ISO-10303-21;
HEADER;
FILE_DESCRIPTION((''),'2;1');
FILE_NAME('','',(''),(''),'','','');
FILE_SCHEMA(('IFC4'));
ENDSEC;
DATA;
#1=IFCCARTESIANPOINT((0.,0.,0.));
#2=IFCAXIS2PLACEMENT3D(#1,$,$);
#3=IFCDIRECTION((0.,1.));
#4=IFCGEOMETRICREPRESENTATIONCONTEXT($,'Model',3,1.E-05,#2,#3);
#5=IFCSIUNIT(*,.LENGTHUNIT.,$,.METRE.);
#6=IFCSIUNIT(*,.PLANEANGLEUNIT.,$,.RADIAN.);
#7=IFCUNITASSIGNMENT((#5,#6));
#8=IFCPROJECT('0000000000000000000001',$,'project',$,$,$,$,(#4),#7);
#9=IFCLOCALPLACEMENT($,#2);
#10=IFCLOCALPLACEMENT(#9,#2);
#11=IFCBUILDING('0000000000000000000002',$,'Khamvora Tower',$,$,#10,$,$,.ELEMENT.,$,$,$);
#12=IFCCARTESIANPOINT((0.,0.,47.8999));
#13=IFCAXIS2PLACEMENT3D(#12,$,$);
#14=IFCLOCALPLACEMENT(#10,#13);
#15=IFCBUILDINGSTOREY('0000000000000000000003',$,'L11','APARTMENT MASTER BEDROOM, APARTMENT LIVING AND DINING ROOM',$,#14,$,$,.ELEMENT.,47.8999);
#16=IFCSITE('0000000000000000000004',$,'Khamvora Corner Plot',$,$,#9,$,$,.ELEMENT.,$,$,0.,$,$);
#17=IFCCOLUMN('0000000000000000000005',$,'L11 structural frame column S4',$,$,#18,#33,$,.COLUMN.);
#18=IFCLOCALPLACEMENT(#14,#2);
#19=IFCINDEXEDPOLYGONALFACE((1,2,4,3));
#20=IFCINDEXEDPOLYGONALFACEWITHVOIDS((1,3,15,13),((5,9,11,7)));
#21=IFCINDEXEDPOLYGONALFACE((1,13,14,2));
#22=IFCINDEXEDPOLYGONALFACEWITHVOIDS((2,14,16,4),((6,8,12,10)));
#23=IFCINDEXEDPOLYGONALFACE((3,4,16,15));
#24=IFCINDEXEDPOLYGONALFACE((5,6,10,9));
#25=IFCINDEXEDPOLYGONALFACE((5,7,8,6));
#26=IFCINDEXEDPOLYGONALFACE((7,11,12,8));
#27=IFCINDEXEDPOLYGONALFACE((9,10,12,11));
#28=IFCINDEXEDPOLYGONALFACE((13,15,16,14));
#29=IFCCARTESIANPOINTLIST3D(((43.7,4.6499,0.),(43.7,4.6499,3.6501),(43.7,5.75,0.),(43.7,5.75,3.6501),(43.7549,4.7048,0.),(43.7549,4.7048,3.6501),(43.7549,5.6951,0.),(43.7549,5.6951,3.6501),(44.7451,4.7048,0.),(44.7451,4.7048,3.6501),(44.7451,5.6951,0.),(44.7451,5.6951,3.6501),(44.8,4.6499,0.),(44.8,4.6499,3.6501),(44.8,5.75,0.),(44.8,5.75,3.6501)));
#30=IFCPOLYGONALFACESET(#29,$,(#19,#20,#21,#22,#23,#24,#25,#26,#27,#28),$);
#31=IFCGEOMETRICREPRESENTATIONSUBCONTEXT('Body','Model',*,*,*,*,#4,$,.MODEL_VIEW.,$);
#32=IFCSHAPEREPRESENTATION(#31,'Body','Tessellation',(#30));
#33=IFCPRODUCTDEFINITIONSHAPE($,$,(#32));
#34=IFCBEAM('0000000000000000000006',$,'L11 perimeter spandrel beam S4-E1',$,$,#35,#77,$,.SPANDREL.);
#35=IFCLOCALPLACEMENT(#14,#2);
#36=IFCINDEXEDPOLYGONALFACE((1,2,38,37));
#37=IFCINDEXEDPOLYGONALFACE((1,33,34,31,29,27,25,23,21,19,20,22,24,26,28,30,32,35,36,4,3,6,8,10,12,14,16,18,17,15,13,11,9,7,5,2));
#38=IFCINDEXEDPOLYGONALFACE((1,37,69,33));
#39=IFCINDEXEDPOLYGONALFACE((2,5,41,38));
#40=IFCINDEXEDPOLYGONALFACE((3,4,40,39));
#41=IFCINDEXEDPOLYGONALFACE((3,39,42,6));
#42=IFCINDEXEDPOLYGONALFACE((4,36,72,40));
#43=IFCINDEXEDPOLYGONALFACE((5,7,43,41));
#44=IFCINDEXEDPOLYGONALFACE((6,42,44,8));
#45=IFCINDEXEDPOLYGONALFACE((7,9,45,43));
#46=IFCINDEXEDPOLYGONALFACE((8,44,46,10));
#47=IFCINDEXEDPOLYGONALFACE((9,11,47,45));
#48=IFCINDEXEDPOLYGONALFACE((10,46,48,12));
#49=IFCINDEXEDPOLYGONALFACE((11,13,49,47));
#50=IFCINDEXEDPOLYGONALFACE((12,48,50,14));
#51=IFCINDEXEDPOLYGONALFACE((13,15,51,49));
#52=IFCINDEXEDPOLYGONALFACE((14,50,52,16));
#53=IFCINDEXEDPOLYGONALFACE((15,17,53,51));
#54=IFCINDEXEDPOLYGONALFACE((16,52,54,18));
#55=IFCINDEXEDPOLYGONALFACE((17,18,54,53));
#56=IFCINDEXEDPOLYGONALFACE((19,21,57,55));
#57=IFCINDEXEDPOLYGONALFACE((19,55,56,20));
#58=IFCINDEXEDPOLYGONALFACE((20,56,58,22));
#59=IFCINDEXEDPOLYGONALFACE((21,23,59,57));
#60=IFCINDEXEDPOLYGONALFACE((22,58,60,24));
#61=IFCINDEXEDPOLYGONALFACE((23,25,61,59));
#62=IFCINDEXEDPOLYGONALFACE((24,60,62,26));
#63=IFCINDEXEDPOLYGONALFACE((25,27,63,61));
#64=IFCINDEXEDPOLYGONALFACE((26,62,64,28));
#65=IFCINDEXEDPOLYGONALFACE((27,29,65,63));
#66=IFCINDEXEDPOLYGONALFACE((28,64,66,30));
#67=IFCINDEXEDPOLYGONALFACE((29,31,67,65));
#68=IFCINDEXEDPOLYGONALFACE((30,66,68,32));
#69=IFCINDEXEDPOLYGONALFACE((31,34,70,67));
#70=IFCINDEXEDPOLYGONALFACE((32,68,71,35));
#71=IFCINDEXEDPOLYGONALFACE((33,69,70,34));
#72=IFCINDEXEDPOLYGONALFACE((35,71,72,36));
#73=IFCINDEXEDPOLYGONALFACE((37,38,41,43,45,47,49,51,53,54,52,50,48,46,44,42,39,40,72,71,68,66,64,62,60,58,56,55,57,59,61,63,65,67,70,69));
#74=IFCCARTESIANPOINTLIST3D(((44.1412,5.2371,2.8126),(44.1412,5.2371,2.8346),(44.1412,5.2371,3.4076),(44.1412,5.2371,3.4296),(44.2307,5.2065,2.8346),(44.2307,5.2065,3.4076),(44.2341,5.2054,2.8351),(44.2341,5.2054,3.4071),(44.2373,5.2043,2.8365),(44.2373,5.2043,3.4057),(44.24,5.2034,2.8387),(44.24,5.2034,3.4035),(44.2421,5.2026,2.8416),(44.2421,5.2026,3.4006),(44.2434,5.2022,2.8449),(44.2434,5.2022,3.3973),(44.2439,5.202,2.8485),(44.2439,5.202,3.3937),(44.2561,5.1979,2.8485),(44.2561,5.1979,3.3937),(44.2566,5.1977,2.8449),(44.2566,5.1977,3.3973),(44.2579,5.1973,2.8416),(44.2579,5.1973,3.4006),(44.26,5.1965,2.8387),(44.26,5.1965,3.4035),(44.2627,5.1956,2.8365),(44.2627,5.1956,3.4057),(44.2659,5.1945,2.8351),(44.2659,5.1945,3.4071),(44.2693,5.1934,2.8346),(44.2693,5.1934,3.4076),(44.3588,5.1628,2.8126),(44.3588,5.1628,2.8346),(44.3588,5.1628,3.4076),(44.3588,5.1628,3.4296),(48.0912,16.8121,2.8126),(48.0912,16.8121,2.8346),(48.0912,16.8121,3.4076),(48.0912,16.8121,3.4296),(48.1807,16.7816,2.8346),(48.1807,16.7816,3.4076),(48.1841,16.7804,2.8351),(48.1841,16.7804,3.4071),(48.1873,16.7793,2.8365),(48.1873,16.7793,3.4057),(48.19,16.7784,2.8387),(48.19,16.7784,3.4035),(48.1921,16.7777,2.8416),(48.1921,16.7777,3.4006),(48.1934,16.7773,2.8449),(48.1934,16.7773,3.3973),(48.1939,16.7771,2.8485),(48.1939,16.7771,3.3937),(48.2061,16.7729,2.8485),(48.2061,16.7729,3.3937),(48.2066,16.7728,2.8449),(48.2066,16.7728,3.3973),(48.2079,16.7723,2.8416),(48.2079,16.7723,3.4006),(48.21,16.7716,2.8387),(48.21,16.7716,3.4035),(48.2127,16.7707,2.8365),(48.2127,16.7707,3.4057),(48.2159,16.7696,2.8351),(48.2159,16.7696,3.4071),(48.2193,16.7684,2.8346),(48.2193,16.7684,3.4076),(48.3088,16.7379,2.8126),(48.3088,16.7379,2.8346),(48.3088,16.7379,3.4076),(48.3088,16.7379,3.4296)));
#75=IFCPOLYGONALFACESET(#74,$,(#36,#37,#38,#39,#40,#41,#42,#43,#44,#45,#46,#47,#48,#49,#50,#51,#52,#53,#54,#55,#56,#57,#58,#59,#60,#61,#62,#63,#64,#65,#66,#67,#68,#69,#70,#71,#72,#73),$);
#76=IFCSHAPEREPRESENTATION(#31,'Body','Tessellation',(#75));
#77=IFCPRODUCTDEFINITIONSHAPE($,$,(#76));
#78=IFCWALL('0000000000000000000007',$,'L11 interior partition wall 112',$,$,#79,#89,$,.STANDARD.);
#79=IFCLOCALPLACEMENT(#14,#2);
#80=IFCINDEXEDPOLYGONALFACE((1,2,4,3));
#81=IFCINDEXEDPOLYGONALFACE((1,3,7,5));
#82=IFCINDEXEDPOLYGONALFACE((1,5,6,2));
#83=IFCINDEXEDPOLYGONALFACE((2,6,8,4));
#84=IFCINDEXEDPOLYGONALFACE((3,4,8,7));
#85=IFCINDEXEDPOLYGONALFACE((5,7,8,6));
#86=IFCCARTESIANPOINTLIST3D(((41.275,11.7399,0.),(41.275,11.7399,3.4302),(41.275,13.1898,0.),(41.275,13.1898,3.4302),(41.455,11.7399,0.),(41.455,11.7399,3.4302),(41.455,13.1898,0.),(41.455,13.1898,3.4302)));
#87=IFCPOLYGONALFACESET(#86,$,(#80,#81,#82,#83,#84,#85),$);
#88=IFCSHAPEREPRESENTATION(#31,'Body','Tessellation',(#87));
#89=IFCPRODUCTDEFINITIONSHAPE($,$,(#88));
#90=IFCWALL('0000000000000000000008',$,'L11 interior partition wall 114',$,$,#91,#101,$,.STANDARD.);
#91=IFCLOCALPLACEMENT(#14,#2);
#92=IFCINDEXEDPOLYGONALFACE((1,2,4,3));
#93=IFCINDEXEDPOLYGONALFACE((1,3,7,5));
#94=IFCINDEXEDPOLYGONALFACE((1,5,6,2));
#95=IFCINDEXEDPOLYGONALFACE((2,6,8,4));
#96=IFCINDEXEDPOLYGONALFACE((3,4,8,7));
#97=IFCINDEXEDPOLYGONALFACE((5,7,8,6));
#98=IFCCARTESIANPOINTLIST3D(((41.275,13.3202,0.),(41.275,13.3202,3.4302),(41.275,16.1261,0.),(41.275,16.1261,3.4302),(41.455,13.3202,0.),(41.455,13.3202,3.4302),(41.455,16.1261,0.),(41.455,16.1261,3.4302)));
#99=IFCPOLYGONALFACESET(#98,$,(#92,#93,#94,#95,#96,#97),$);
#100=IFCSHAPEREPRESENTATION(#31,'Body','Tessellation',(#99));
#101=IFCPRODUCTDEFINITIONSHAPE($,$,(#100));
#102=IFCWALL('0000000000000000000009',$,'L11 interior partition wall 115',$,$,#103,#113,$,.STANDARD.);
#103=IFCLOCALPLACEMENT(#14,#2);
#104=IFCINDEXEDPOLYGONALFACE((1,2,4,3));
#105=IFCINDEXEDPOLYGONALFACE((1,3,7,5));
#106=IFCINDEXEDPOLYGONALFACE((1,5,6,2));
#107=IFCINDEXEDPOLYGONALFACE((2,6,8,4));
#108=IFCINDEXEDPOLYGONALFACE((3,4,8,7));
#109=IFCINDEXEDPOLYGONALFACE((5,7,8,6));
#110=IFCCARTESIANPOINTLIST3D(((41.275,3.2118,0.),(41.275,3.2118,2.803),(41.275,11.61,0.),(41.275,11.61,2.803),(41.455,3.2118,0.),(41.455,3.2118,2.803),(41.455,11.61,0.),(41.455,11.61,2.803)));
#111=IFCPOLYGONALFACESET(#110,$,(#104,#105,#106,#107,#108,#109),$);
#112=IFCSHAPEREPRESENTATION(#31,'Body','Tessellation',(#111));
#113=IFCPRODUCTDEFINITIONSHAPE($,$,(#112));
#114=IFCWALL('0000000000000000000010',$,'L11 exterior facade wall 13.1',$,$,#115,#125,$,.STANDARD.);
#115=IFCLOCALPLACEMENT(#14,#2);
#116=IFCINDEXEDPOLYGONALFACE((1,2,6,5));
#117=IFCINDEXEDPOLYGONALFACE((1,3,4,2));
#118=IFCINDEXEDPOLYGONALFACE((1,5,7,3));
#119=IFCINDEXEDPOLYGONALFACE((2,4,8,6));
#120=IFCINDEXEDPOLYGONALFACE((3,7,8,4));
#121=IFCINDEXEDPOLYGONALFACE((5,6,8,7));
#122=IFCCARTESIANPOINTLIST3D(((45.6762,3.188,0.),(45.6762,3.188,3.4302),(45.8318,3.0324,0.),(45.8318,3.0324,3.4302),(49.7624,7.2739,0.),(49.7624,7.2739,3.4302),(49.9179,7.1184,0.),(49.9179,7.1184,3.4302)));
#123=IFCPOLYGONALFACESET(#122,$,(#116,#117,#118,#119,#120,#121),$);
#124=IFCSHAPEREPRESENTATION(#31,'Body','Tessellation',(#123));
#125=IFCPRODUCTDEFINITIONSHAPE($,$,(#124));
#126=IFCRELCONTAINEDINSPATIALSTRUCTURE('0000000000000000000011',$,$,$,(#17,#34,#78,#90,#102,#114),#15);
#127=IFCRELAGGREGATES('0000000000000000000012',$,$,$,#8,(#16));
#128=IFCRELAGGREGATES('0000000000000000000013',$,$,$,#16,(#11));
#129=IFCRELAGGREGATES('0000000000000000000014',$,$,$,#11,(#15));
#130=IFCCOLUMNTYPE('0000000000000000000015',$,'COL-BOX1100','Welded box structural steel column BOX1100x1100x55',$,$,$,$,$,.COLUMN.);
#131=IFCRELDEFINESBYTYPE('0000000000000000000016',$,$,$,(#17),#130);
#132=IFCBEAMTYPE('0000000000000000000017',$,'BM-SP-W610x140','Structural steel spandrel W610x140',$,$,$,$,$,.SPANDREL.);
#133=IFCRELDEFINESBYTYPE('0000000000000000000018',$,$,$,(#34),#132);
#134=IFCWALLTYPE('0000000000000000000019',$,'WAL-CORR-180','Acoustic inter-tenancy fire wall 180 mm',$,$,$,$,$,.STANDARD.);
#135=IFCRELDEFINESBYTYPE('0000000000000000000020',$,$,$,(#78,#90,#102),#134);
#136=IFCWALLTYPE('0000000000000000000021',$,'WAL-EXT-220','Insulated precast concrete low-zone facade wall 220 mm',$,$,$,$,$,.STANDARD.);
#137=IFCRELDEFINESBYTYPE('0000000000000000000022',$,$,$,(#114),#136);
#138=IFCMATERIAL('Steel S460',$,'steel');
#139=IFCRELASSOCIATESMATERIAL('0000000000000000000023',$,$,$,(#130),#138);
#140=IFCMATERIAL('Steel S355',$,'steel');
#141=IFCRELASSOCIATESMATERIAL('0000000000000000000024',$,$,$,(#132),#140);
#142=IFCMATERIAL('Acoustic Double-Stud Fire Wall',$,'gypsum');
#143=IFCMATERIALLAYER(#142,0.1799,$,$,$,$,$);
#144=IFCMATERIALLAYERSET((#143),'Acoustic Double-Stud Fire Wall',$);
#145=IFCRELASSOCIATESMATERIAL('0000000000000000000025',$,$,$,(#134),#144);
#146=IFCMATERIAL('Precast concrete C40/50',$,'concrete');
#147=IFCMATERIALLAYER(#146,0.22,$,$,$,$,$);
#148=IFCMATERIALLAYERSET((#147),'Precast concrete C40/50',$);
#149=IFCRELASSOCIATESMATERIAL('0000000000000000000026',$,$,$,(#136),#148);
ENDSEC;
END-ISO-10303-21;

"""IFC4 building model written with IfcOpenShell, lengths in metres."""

from ifc_helpers import new_model, si_unit, direction, frame, frame_2d, origin, origin_2d, place, context, subcontext, project, spatial, rectangle, hollow_rectangle, i_section, extrude, material, layer, layer_set, material_profile, profile_set, type_object, element, save


model = new_model("IFC4")

# Units and contexts
model_context = context("Model", 3, precision=1e-05, world=origin(), true_north=direction((0.0, 1.0)))
body_context = subcontext(model_context, "Body", "Model", "MODEL_VIEW")
ifc_project = project(units=[si_unit("LENGTHUNIT", "METRE"), si_unit("PLANEANGLEUNIT", "RADIAN")], contexts=[model_context])

# Site, building, storey
site_placement = place(None, origin())
site = spatial("IfcSite", under=ifc_project, at=site_placement, Name="Khamvora Corner Plot", CompositionType="ELEMENT", RefElevation=0.0)
building_placement = place(site_placement, origin())
building = spatial("IfcBuilding", under=site, at=building_placement, Name="Khamvora Tower", CompositionType="ELEMENT")
storey_placement = place(building_placement, frame((0.0, 0.0, 47.8999)))
storey = spatial("IfcBuildingStorey", under=building, at=storey_placement, Name="L11", Description="APARTMENT MASTER BEDROOM, APARTMENT LIVING AND DINING ROOM", CompositionType="ELEMENT", Elevation=47.8999)

# Column
ifc_material_1 = material(Name="Steel S460", Category="steel")
ifc_material_profile_1 = material_profile(ifc_material_1, hollow_rectangle(XDim=1.1001, YDim=1.1001, WallThickness=0.0549, at=origin_2d()), Name="BOX1100x1100x55")
ifc_profile_set_1 = profile_set([ifc_material_profile_1], Name="Steel S460")
column_type = type_object("IfcColumnType", Name="COL-BOX1100", Description="Welded box structural steel column BOX1100x1100x55", PredefinedType="COLUMN", material=ifc_profile_set_1)
column_placement = place(storey_placement, frame((44.25, 5.2, 0.0), z_axis=(0.0, 0.0, 1.0), x_axis=(1.0, 0.0, 0.0)))
element("IfcColumn", 1, at=column_placement, inside=storey, type_object=column_type, Name="L11 structural frame column S4", PredefinedType="COLUMN", context=body_context, shape_type="SweptSolid", body=[
    extrude(hollow_rectangle(XDim=1.1001, YDim=1.1001, WallThickness=0.0549, at=origin_2d()), origin(), (0.0, 0.0, 1.0), 3.6501),
])

# Beam
ifc_material_2 = material(Name="Steel S355", Category="steel")
ifc_material_profile_2 = material_profile(ifc_material_2, i_section(OverallWidth=0.23, OverallDepth=0.6169, WebThickness=0.0129, FlangeThickness=0.022, FilletRadius=0.0139, at=origin_2d()), Name="W610x140")
ifc_profile_set_2 = profile_set([ifc_material_profile_2], Name="Steel S355")
beam_type = type_object("IfcBeamType", Name="BM-SP-W610x140", Description="Structural steel spandrel W610x140", PredefinedType="SPANDREL", material=ifc_profile_set_2)
beam_placement = place(storey_placement, frame((44.25, 5.2, 3.1211), z_axis=(0.322963, 0.946412, 0.0), x_axis=(-0.946412, 0.322963, 0.0)))
element("IfcBeam", 2, at=beam_placement, inside=storey, type_object=beam_type, Name="L11 perimeter spandrel beam S4-E1", PredefinedType="SPANDREL", context=body_context, shape_type="SweptSolid", body=[
    extrude(i_section(OverallWidth=0.23, OverallDepth=0.6169, WebThickness=0.0129, FlangeThickness=0.022, FilletRadius=0.0139, at=origin_2d()), origin(), (0.0, 0.0, 1.0), 12.2305),
])

# Walls
ifc_material_3 = material(Name="Acoustic Double-Stud Fire Wall", Category="gypsum")
ifc_layer_1 = layer(ifc_material_3, 0.1799)
ifc_layer_set_1 = layer_set([ifc_layer_1], Name="Acoustic Double-Stud Fire Wall")
wall_type_1 = type_object("IfcWallType", Name="WAL-CORR-180", Description="Acoustic inter-tenancy fire wall 180 mm", PredefinedType="STANDARD", material=ifc_layer_set_1)
wall_1_placement = place(storey_placement, frame((41.365, 13.1899, 0.0), z_axis=(0.0, 0.0, 1.0), x_axis=(0.0, -1.0, 0.0)))
element("IfcWall", 3, at=wall_1_placement, inside=storey, type_object=wall_type_1, Name="L11 interior partition wall 112", PredefinedType="STANDARD", context=body_context, shape_type="SweptSolid", body=[
    extrude(rectangle(XDim=1.45, YDim=0.1799, at=frame_2d((0.7251, 0.0))), origin(), (0.0, 0.0, 1.0), 3.4302),
])
wall_2_placement = place(storey_placement, frame((41.365, 16.126, 0.0), z_axis=(0.0, 0.0, 1.0), x_axis=(0.0, -1.0, 0.0)))
element("IfcWall", 4, at=wall_2_placement, inside=storey, type_object=wall_type_1, Name="L11 interior partition wall 114", PredefinedType="STANDARD", context=body_context, shape_type="SweptSolid", body=[
    extrude(rectangle(XDim=2.8059, YDim=0.1799, at=frame_2d((1.4028, 0.0))), origin(), (0.0, 0.0, 1.0), 3.4302),
])
wall_3_placement = place(storey_placement, frame((41.365, 11.6101, 0.0), z_axis=(0.0, 0.0, 1.0), x_axis=(0.0, -1.0, 0.0)))
element("IfcWall", 5, at=wall_3_placement, inside=storey, type_object=wall_type_1, Name="L11 interior partition wall 115", PredefinedType="STANDARD", context=body_context, shape_type="SweptSolid", body=[
    extrude(rectangle(XDim=8.3982, YDim=0.1799, at=frame_2d((4.1992, 0.0))), origin(), (0.0, 0.0, 1.0), 2.803),
])
ifc_material_4 = material(Name="Precast concrete C40/50", Category="concrete")
ifc_layer_2 = layer(ifc_material_4, 0.22)
ifc_layer_set_2 = layer_set([ifc_layer_2], Name="Precast concrete C40/50")
wall_type_2 = type_object("IfcWallType", Name="WAL-EXT-220", Description="Insulated precast concrete low-zone facade wall 220 mm", PredefinedType="STANDARD", material=ifc_layer_set_2)
wall_4_placement = place(storey_placement, frame((49.8401, 7.196, 0.0), z_axis=(0.0, 0.0, 1.0), x_axis=(-0.707128, -0.707086, 0.0)))
element("IfcWall", 6, at=wall_4_placement, inside=storey, type_object=wall_type_2, Name="L11 exterior facade wall 13.1", PredefinedType="STANDARD", context=body_context, shape_type="SweptSolid", body=[
    extrude(rectangle(XDim=5.7786, YDim=0.22, at=frame_2d((2.8892, 0.0))), origin(), (0.0, 0.0, 1.0), 3.4302),
])

save(model, "model.ifc")
